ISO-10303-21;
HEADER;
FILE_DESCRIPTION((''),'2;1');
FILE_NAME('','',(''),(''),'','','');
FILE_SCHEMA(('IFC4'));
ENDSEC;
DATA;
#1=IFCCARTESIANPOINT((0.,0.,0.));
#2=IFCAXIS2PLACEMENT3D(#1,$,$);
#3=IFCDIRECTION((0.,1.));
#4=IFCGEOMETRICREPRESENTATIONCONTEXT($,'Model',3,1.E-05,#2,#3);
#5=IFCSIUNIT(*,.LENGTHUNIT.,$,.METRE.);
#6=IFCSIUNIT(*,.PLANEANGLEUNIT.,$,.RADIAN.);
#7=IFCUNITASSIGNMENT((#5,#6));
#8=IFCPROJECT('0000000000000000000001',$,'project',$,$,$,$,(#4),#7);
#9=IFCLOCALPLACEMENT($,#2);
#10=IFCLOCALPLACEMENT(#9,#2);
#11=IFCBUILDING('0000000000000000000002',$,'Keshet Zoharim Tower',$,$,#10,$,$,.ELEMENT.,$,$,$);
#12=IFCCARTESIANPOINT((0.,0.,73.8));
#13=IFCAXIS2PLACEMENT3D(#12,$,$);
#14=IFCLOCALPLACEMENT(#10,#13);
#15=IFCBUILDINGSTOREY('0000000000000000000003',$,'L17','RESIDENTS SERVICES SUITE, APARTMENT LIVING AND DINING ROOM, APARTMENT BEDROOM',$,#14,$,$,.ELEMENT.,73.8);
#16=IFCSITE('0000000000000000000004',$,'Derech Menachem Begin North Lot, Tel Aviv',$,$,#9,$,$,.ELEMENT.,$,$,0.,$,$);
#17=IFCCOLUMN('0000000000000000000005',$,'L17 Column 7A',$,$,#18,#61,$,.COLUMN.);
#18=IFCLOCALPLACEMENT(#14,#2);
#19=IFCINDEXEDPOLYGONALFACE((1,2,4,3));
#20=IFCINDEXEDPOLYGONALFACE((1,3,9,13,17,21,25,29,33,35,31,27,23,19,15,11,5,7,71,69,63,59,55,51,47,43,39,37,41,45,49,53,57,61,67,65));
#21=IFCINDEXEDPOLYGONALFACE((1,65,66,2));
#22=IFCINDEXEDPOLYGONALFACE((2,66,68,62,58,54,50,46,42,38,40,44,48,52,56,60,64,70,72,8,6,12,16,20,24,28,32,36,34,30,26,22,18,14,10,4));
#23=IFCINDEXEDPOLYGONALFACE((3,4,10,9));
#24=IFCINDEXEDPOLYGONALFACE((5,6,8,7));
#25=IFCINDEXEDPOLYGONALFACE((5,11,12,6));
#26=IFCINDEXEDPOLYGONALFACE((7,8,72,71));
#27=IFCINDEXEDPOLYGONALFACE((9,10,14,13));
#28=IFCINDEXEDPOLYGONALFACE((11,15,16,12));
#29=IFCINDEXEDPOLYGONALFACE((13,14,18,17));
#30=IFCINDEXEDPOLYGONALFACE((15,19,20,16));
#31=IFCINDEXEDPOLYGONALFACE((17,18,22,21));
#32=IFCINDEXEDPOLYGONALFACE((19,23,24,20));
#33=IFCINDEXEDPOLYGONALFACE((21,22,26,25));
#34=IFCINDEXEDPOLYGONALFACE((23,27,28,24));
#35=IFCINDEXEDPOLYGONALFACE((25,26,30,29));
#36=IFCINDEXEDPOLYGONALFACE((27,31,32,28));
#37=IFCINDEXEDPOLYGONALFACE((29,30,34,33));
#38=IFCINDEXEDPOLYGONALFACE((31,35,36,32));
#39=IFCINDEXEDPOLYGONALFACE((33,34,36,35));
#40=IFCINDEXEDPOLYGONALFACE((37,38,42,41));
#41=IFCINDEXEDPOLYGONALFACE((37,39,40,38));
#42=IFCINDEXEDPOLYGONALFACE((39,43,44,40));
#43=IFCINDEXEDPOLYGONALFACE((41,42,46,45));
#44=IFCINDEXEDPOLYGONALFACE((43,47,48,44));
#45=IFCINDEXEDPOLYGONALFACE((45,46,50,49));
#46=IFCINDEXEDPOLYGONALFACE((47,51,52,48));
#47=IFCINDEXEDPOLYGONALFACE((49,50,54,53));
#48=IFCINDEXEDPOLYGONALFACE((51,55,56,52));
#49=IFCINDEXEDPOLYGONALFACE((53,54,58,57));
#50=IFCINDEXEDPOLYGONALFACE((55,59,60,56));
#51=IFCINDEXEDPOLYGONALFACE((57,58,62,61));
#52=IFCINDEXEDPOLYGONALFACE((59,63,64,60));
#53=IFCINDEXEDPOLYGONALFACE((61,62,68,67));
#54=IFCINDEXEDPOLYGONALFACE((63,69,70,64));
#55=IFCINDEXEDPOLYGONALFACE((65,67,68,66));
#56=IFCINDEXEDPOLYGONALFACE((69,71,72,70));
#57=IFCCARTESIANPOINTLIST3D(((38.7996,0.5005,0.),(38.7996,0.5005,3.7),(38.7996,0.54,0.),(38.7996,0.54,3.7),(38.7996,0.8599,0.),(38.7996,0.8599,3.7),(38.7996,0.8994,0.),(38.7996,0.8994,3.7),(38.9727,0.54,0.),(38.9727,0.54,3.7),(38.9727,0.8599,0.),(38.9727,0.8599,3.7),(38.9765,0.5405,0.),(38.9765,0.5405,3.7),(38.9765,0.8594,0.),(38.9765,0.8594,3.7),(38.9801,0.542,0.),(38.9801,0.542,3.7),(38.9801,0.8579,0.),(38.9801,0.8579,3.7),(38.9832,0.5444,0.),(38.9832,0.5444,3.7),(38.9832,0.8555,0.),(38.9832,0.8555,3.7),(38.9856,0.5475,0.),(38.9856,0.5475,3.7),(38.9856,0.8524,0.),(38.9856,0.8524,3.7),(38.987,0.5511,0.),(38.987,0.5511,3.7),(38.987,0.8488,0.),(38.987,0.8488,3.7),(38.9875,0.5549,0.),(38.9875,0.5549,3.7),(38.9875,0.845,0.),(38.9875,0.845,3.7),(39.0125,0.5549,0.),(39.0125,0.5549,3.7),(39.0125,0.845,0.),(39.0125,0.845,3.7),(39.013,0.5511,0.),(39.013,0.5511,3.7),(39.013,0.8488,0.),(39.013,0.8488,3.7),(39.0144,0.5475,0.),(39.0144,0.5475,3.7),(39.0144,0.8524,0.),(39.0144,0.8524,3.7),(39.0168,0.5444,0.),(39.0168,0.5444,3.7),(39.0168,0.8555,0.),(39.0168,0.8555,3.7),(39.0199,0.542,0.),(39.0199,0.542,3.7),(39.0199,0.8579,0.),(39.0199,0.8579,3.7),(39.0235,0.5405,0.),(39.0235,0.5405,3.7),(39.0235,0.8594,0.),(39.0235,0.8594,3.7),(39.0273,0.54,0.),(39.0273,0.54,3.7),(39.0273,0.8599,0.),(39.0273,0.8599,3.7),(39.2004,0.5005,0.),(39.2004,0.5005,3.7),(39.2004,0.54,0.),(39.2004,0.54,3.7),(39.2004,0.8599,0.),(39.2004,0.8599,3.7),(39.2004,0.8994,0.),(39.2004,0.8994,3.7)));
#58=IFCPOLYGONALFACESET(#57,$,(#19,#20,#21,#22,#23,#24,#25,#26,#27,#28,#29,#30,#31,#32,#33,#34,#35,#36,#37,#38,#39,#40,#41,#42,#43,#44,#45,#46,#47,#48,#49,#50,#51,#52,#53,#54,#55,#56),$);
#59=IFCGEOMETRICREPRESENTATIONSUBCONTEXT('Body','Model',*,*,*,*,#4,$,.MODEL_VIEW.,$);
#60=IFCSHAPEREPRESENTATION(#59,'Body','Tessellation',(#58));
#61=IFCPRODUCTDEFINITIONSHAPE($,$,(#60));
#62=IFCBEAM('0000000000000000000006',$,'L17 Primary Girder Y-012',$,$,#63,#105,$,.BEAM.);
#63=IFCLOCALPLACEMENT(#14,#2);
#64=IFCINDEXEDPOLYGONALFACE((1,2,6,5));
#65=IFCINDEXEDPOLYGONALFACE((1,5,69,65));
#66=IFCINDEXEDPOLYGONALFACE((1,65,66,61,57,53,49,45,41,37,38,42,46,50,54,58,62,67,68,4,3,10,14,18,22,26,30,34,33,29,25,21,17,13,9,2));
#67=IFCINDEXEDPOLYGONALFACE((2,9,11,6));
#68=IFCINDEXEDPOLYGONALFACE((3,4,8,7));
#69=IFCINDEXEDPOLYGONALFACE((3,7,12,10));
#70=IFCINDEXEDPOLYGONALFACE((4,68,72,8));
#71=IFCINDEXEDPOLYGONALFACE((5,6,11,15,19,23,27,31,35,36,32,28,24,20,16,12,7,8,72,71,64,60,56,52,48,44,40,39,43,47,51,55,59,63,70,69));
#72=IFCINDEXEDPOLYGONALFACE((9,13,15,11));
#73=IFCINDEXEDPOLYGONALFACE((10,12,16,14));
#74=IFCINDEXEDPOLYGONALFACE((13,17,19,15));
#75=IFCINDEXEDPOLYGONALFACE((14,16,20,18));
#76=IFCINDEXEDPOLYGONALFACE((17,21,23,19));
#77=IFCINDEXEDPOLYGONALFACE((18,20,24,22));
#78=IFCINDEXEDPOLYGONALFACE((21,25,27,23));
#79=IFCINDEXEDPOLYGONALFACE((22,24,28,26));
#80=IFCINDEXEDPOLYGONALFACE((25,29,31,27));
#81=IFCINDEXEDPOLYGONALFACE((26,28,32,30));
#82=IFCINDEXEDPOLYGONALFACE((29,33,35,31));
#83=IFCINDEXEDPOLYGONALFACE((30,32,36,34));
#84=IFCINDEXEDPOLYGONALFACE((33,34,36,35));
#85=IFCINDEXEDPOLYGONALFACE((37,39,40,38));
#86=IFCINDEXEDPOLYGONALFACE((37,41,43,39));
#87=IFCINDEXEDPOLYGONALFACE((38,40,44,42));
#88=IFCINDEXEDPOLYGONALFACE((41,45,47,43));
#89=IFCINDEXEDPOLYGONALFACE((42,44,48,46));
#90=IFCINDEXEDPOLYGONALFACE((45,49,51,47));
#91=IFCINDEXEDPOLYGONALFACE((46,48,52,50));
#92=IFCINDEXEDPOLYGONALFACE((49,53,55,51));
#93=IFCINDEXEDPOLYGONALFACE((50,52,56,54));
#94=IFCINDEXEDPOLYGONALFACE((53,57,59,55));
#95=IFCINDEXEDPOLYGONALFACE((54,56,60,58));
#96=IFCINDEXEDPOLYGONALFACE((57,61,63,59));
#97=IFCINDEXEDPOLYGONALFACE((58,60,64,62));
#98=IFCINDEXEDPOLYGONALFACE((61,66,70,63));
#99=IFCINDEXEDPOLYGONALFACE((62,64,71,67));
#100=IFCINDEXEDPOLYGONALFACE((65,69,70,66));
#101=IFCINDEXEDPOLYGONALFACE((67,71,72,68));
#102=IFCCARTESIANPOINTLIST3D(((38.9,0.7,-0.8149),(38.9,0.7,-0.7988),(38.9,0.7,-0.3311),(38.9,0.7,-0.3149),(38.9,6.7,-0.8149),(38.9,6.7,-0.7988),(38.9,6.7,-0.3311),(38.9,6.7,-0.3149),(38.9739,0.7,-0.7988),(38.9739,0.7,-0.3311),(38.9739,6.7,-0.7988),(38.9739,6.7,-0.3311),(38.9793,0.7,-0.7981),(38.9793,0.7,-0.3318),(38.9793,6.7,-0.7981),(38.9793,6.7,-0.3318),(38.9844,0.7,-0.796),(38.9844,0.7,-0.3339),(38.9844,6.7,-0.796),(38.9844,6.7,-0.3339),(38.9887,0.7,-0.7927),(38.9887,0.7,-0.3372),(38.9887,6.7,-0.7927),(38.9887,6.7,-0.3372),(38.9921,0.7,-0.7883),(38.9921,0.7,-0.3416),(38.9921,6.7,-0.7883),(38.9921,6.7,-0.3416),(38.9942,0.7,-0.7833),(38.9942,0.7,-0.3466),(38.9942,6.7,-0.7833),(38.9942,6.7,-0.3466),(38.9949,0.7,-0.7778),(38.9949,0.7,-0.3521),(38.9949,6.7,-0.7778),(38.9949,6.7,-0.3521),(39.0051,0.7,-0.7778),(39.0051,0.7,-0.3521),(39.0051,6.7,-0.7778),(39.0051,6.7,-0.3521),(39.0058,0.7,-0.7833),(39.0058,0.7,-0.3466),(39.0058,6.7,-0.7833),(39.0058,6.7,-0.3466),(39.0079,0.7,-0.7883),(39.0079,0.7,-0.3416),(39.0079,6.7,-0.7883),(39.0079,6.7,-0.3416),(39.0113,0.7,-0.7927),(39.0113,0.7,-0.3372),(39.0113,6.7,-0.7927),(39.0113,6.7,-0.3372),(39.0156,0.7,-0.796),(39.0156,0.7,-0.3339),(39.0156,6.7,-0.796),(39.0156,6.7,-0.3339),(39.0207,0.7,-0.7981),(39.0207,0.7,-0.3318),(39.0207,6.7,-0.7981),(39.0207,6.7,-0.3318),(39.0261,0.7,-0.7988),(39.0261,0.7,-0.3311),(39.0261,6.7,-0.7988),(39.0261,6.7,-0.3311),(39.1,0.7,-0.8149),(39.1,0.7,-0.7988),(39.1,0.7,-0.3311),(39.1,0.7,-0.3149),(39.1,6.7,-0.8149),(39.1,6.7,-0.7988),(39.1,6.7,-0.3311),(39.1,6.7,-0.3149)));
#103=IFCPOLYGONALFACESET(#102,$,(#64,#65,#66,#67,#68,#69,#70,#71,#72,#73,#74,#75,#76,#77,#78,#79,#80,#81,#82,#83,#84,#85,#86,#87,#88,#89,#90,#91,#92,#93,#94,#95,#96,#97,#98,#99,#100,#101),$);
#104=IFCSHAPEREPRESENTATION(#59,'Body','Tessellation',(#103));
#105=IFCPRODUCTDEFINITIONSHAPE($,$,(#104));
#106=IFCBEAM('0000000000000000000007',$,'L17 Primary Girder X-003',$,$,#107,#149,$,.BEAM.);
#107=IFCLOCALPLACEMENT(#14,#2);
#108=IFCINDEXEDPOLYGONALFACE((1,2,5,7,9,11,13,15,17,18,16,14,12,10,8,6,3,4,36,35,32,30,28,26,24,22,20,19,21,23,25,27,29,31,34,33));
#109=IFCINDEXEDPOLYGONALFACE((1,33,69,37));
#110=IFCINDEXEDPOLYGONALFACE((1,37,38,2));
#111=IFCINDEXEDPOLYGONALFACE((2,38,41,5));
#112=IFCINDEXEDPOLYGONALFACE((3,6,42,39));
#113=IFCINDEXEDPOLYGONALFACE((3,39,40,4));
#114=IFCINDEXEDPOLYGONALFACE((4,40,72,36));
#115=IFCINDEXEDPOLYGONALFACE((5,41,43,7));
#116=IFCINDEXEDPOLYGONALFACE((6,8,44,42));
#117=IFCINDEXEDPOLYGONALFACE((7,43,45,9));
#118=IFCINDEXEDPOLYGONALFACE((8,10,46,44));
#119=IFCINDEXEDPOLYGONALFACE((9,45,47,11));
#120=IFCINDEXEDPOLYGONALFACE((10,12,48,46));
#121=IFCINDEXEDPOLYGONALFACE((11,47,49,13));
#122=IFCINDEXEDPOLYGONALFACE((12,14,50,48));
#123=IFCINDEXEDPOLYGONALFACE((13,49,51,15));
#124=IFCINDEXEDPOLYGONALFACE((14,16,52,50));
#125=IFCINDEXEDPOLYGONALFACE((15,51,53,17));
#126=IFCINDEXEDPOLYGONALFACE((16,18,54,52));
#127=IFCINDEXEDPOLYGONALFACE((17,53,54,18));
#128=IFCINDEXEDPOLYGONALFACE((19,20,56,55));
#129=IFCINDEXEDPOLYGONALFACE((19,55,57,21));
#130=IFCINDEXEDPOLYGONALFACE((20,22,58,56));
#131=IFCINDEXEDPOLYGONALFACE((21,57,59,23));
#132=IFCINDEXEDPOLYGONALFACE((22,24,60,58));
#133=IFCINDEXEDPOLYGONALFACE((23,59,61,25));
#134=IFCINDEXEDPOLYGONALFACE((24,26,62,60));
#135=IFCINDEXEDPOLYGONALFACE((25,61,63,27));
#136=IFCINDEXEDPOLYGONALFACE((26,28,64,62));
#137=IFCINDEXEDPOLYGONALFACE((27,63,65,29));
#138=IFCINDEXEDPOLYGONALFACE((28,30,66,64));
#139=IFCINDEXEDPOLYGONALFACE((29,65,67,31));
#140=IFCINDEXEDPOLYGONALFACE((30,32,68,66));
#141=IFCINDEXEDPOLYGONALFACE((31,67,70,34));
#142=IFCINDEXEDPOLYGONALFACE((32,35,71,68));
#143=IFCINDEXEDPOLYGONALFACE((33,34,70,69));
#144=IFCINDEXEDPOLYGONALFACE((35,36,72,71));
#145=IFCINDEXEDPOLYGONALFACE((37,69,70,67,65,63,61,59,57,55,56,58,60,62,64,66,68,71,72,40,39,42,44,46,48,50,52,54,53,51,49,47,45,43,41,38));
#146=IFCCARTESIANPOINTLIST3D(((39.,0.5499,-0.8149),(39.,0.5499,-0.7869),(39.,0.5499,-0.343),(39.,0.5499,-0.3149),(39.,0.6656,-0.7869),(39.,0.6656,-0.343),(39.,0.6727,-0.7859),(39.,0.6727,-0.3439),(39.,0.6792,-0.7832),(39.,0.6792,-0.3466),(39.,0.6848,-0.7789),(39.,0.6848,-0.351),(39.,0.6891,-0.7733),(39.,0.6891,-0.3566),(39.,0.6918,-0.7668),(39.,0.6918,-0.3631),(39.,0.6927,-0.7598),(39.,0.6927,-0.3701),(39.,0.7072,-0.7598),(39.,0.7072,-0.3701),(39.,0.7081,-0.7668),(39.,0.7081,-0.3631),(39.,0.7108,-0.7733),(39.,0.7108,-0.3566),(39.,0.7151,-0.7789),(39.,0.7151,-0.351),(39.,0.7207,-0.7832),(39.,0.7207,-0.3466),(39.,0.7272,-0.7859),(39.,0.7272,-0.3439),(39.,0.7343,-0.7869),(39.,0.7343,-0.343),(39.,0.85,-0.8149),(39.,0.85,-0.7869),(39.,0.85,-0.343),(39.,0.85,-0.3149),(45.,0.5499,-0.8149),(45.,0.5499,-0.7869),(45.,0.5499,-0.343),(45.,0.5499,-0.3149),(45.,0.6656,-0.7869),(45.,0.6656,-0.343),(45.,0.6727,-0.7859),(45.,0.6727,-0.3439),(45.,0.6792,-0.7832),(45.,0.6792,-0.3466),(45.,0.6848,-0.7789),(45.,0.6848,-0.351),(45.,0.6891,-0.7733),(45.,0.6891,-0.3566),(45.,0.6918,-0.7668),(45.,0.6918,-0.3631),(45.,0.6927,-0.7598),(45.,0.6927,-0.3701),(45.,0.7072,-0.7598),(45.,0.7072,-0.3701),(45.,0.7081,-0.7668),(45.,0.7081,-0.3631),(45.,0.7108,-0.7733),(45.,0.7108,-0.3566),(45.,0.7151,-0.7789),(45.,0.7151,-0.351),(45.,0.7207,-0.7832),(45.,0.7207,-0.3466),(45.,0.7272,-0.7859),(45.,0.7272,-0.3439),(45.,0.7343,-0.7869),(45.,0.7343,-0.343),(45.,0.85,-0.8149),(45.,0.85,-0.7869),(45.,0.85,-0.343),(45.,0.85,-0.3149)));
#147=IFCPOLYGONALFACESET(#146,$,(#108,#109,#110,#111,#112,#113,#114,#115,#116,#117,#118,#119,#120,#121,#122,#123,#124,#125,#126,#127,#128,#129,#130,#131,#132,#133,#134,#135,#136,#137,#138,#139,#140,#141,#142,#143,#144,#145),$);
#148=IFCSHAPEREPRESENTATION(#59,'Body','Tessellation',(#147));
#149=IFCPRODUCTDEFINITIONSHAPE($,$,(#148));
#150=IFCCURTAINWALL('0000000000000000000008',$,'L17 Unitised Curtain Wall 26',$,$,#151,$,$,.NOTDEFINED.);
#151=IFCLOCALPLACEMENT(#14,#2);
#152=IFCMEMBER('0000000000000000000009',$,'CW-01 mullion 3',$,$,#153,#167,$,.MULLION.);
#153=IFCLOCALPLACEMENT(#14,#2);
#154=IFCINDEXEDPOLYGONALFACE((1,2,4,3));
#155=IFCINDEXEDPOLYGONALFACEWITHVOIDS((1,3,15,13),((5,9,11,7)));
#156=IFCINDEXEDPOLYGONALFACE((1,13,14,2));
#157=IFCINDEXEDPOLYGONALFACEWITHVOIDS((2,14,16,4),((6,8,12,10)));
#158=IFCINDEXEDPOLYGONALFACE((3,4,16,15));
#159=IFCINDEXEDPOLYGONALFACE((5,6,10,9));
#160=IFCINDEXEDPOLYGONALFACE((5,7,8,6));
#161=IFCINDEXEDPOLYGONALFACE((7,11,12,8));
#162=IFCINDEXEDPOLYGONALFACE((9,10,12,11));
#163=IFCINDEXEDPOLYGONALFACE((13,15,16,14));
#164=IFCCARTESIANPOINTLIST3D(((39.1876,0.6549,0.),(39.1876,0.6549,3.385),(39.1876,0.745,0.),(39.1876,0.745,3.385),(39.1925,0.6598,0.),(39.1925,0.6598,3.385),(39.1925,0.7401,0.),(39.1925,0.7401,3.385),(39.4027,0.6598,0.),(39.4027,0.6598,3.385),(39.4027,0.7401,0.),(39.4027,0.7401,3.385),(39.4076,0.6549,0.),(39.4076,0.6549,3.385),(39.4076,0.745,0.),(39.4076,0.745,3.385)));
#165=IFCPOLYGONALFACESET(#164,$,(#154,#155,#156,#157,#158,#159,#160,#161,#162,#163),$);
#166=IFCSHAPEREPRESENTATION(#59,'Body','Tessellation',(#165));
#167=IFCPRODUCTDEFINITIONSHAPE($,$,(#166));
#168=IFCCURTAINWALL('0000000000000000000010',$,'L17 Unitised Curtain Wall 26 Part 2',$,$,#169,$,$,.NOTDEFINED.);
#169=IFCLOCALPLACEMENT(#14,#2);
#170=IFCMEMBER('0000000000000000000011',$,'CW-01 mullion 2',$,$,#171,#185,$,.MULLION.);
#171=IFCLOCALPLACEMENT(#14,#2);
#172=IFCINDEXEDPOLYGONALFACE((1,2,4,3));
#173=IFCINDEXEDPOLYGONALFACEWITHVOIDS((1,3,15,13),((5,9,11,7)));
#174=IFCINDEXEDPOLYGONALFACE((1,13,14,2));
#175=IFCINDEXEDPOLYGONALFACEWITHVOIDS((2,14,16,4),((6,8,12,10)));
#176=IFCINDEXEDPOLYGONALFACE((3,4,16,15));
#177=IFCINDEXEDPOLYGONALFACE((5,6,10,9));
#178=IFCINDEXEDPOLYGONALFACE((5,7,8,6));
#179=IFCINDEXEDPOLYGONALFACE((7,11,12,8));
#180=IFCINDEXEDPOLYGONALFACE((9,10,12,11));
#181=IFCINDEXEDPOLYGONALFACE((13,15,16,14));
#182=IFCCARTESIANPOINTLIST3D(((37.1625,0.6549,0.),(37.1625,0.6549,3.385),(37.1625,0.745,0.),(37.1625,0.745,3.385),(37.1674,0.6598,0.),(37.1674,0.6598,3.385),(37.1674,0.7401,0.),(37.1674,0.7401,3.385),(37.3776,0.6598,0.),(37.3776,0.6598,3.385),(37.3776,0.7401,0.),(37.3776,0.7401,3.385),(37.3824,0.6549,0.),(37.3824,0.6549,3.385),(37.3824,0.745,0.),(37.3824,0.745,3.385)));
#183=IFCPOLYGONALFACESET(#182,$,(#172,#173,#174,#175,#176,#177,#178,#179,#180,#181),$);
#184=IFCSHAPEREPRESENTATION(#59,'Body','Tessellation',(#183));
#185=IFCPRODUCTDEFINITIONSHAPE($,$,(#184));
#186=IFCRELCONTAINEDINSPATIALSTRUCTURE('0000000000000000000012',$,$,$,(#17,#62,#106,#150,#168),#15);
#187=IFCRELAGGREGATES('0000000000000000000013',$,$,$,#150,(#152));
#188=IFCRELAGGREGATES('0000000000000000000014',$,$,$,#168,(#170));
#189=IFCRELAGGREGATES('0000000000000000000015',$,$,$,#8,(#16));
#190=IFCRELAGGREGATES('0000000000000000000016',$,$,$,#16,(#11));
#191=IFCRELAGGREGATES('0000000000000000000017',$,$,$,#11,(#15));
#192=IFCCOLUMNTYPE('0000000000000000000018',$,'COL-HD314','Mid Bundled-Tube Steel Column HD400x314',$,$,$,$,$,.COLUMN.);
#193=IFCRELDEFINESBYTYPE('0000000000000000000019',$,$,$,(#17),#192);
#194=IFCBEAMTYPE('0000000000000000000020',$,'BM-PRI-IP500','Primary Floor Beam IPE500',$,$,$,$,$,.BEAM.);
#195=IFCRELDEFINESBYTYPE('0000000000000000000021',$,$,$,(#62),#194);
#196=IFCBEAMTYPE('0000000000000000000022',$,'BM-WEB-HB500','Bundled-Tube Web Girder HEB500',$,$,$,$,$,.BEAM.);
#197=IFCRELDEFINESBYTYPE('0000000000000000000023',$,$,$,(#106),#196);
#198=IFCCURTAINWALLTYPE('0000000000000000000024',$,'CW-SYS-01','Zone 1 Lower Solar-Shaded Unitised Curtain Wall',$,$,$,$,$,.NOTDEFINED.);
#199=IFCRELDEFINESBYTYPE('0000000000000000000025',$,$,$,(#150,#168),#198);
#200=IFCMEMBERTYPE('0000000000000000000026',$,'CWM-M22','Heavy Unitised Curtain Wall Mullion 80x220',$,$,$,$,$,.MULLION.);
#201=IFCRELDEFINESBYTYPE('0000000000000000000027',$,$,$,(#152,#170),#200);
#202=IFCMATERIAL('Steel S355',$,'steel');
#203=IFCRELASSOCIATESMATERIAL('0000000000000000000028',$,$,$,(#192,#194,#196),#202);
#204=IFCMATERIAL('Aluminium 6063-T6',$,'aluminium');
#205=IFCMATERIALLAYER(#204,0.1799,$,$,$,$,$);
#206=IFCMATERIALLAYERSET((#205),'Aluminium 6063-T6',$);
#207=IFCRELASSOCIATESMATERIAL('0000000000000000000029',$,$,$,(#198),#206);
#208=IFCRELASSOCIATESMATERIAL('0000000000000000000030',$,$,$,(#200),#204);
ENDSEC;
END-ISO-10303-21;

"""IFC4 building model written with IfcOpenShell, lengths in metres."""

from ifc_helpers import new_model, si_unit, direction, frame, origin, origin_2d, place, context, subcontext, project, spatial, hollow_rectangle, i_section, extrude, material, layer, layer_set, material_profile, profile_set, type_object, element, aggregate, save


model = new_model("IFC4")

# Units and contexts
model_context = context("Model", 3, precision=1e-05, world=origin(), true_north=direction((0.0, 1.0)))
body_context = subcontext(model_context, "Body", "Model", "MODEL_VIEW")
ifc_project = project(units=[si_unit("LENGTHUNIT", "METRE"), si_unit("PLANEANGLEUNIT", "RADIAN")], contexts=[model_context])

# Site, building, storey
site_placement = place(None, origin())
site = spatial("IfcSite", under=ifc_project, at=site_placement, Name="Derech Menachem Begin North Lot, Tel Aviv", CompositionType="ELEMENT", RefElevation=0.0)
building_placement = place(site_placement, origin())
building = spatial("IfcBuilding", under=site, at=building_placement, Name="Keshet Zoharim Tower", CompositionType="ELEMENT")
storey_placement = place(building_placement, frame((0.0, 0.0, 73.8)))
storey = spatial("IfcBuildingStorey", under=building, at=storey_placement, Name="L17", Description="RESIDENTS SERVICES SUITE, APARTMENT LIVING AND DINING ROOM, APARTMENT BEDROOM", CompositionType="ELEMENT", Elevation=73.8)

# Column
ifc_material_1 = material(Name="Steel S355", Category="steel")
ifc_material_profile_1 = material_profile(ifc_material_1, i_section(OverallWidth=0.4009, OverallDepth=0.3989, WebThickness=0.0249, FlangeThickness=0.0396, FilletRadius=0.0149, at=origin_2d()), Name="HD400x314")
ifc_profile_set_1 = profile_set([ifc_material_profile_1], Name="Steel S355")
column_type = type_object("IfcColumnType", Name="COL-HD314", Description="Mid Bundled-Tube Steel Column HD400x314", PredefinedType="COLUMN", material=ifc_profile_set_1)
column_placement = place(storey_placement, frame((39.0, 0.7, 0.0), z_axis=(0.0, 0.0, 1.0), x_axis=(1.0, 0.0, 0.0)))
element("IfcColumn", 1, at=column_placement, inside=storey, type_object=column_type, Name="L17 Column 7A", PredefinedType="COLUMN", context=body_context, shape_type="SweptSolid", body=[
    extrude(i_section(OverallWidth=0.4009, OverallDepth=0.3989, WebThickness=0.0249, FlangeThickness=0.0396, FilletRadius=0.0149, at=origin_2d()), origin(), (0.0, 0.0, 1.0), 3.7),
])

# Beams
ifc_material_profile_2 = material_profile(ifc_material_1, i_section(OverallWidth=0.2, OverallDepth=0.5, WebThickness=0.0103, FlangeThickness=0.0161, FilletRadius=0.021, at=origin_2d()), Name="IPE500")
ifc_profile_set_2 = profile_set([ifc_material_profile_2], Name="Steel S355")
beam_type_1 = type_object("IfcBeamType", Name="BM-PRI-IP500", Description="Primary Floor Beam IPE500", PredefinedType="BEAM", material=ifc_profile_set_2)
beam_1_placement = place(storey_placement, frame((39.0, 0.7, -0.5649), z_axis=(0.0, 1.0, 0.0), x_axis=(-1.0, 0.0, 0.0)))
element("IfcBeam", 2, at=beam_1_placement, inside=storey, type_object=beam_type_1, Name="L17 Primary Girder Y-012", PredefinedType="BEAM", context=body_context, shape_type="SweptSolid", body=[
    extrude(i_section(OverallWidth=0.2, OverallDepth=0.5, WebThickness=0.0103, FlangeThickness=0.0161, FilletRadius=0.021, at=origin_2d()), origin(), (0.0, 0.0, 1.0), 6.0),
])
ifc_material_profile_3 = material_profile(ifc_material_1, i_section(OverallWidth=0.3, OverallDepth=0.5, WebThickness=0.0144, FlangeThickness=0.0281, FilletRadius=0.0271, at=origin_2d()), Name="HEB500")
ifc_profile_set_3 = profile_set([ifc_material_profile_3], Name="Steel S355")
beam_type_2 = type_object("IfcBeamType", Name="BM-WEB-HB500", Description="Bundled-Tube Web Girder HEB500", PredefinedType="BEAM", material=ifc_profile_set_3)
beam_2_placement = place(storey_placement, frame((39.0, 0.7, -0.5649), z_axis=(1.0, 0.0, 0.0), x_axis=(0.0, 1.0, 0.0)))
element("IfcBeam", 3, at=beam_2_placement, inside=storey, type_object=beam_type_2, Name="L17 Primary Girder X-003", PredefinedType="BEAM", context=body_context, shape_type="SweptSolid", body=[
    extrude(i_section(OverallWidth=0.3, OverallDepth=0.5, WebThickness=0.0144, FlangeThickness=0.0281, FilletRadius=0.0271, at=origin_2d()), origin(), (0.0, 0.0, 1.0), 6.0),
])

# Curtain walls, members
ifc_material_2 = material(Name="Aluminium 6063-T6", Category="aluminium")
ifc_layer_1 = layer(ifc_material_2, 0.1799)
ifc_layer_set_1 = layer_set([ifc_layer_1], Name="Aluminium 6063-T6")
curtain_wall_type = type_object("IfcCurtainWallType", Name="CW-SYS-01", Description="Zone 1 Lower Solar-Shaded Unitised Curtain Wall", PredefinedType="NOTDEFINED", material=ifc_layer_set_1)
curtain_wall_1_placement = place(storey_placement, origin())
curtain_wall_1 = element("IfcCurtainWall", 4, at=curtain_wall_1_placement, inside=storey, type_object=curtain_wall_type, Name="L17 Unitised Curtain Wall 26", PredefinedType="NOTDEFINED")
ifc_material_profile_4 = material_profile(ifc_material_2, hollow_rectangle(XDim=0.0901, YDim=0.22, WallThickness=0.0049, at=origin_2d()), Name="MUL-90x220")
ifc_profile_set_4 = profile_set([ifc_material_profile_4], Name="Aluminium 6063-T6")
member_type_1 = type_object("IfcMemberType", Name="CWM-M22", Description="Heavy Unitised Curtain Wall Mullion 80x220", PredefinedType="MULLION", material=ifc_profile_set_4)
member_1_placement = place(storey_placement, frame((39.2976, 0.7, 0.0), z_axis=(0.0, 0.0, 1.0), x_axis=(0.0, -1.0, 0.0)))
member_1 = element("IfcMember", 5, at=member_1_placement, type_object=member_type_1, Name="CW-01 mullion 3", PredefinedType="MULLION", context=body_context, shape_type="SweptSolid", body=[
    extrude(hollow_rectangle(XDim=0.0901, YDim=0.22, WallThickness=0.0049, at=origin_2d()), origin(), (0.0, 0.0, 1.0), 3.385),
])
curtain_wall_2_placement = place(storey_placement, origin())
curtain_wall_2 = element("IfcCurtainWall", 6, at=curtain_wall_2_placement, inside=storey, type_object=curtain_wall_type, Name="L17 Unitised Curtain Wall 26 Part 2", PredefinedType="NOTDEFINED")
member_2_placement = place(storey_placement, frame((37.2725, 0.7, 0.0), z_axis=(0.0, 0.0, 1.0), x_axis=(0.0, -1.0, 0.0)))
member_2 = element("IfcMember", 7, at=member_2_placement, type_object=member_type_1, Name="CW-01 mullion 2", PredefinedType="MULLION", context=body_context, shape_type="SweptSolid", body=[
    extrude(hollow_rectangle(XDim=0.0901, YDim=0.22, WallThickness=0.0049, at=origin_2d()), origin(), (0.0, 0.0, 1.0), 3.385),
])

aggregate(curtain_wall_1, [member_1])
aggregate(curtain_wall_2, [member_2])

save(model, "model.ifc")
